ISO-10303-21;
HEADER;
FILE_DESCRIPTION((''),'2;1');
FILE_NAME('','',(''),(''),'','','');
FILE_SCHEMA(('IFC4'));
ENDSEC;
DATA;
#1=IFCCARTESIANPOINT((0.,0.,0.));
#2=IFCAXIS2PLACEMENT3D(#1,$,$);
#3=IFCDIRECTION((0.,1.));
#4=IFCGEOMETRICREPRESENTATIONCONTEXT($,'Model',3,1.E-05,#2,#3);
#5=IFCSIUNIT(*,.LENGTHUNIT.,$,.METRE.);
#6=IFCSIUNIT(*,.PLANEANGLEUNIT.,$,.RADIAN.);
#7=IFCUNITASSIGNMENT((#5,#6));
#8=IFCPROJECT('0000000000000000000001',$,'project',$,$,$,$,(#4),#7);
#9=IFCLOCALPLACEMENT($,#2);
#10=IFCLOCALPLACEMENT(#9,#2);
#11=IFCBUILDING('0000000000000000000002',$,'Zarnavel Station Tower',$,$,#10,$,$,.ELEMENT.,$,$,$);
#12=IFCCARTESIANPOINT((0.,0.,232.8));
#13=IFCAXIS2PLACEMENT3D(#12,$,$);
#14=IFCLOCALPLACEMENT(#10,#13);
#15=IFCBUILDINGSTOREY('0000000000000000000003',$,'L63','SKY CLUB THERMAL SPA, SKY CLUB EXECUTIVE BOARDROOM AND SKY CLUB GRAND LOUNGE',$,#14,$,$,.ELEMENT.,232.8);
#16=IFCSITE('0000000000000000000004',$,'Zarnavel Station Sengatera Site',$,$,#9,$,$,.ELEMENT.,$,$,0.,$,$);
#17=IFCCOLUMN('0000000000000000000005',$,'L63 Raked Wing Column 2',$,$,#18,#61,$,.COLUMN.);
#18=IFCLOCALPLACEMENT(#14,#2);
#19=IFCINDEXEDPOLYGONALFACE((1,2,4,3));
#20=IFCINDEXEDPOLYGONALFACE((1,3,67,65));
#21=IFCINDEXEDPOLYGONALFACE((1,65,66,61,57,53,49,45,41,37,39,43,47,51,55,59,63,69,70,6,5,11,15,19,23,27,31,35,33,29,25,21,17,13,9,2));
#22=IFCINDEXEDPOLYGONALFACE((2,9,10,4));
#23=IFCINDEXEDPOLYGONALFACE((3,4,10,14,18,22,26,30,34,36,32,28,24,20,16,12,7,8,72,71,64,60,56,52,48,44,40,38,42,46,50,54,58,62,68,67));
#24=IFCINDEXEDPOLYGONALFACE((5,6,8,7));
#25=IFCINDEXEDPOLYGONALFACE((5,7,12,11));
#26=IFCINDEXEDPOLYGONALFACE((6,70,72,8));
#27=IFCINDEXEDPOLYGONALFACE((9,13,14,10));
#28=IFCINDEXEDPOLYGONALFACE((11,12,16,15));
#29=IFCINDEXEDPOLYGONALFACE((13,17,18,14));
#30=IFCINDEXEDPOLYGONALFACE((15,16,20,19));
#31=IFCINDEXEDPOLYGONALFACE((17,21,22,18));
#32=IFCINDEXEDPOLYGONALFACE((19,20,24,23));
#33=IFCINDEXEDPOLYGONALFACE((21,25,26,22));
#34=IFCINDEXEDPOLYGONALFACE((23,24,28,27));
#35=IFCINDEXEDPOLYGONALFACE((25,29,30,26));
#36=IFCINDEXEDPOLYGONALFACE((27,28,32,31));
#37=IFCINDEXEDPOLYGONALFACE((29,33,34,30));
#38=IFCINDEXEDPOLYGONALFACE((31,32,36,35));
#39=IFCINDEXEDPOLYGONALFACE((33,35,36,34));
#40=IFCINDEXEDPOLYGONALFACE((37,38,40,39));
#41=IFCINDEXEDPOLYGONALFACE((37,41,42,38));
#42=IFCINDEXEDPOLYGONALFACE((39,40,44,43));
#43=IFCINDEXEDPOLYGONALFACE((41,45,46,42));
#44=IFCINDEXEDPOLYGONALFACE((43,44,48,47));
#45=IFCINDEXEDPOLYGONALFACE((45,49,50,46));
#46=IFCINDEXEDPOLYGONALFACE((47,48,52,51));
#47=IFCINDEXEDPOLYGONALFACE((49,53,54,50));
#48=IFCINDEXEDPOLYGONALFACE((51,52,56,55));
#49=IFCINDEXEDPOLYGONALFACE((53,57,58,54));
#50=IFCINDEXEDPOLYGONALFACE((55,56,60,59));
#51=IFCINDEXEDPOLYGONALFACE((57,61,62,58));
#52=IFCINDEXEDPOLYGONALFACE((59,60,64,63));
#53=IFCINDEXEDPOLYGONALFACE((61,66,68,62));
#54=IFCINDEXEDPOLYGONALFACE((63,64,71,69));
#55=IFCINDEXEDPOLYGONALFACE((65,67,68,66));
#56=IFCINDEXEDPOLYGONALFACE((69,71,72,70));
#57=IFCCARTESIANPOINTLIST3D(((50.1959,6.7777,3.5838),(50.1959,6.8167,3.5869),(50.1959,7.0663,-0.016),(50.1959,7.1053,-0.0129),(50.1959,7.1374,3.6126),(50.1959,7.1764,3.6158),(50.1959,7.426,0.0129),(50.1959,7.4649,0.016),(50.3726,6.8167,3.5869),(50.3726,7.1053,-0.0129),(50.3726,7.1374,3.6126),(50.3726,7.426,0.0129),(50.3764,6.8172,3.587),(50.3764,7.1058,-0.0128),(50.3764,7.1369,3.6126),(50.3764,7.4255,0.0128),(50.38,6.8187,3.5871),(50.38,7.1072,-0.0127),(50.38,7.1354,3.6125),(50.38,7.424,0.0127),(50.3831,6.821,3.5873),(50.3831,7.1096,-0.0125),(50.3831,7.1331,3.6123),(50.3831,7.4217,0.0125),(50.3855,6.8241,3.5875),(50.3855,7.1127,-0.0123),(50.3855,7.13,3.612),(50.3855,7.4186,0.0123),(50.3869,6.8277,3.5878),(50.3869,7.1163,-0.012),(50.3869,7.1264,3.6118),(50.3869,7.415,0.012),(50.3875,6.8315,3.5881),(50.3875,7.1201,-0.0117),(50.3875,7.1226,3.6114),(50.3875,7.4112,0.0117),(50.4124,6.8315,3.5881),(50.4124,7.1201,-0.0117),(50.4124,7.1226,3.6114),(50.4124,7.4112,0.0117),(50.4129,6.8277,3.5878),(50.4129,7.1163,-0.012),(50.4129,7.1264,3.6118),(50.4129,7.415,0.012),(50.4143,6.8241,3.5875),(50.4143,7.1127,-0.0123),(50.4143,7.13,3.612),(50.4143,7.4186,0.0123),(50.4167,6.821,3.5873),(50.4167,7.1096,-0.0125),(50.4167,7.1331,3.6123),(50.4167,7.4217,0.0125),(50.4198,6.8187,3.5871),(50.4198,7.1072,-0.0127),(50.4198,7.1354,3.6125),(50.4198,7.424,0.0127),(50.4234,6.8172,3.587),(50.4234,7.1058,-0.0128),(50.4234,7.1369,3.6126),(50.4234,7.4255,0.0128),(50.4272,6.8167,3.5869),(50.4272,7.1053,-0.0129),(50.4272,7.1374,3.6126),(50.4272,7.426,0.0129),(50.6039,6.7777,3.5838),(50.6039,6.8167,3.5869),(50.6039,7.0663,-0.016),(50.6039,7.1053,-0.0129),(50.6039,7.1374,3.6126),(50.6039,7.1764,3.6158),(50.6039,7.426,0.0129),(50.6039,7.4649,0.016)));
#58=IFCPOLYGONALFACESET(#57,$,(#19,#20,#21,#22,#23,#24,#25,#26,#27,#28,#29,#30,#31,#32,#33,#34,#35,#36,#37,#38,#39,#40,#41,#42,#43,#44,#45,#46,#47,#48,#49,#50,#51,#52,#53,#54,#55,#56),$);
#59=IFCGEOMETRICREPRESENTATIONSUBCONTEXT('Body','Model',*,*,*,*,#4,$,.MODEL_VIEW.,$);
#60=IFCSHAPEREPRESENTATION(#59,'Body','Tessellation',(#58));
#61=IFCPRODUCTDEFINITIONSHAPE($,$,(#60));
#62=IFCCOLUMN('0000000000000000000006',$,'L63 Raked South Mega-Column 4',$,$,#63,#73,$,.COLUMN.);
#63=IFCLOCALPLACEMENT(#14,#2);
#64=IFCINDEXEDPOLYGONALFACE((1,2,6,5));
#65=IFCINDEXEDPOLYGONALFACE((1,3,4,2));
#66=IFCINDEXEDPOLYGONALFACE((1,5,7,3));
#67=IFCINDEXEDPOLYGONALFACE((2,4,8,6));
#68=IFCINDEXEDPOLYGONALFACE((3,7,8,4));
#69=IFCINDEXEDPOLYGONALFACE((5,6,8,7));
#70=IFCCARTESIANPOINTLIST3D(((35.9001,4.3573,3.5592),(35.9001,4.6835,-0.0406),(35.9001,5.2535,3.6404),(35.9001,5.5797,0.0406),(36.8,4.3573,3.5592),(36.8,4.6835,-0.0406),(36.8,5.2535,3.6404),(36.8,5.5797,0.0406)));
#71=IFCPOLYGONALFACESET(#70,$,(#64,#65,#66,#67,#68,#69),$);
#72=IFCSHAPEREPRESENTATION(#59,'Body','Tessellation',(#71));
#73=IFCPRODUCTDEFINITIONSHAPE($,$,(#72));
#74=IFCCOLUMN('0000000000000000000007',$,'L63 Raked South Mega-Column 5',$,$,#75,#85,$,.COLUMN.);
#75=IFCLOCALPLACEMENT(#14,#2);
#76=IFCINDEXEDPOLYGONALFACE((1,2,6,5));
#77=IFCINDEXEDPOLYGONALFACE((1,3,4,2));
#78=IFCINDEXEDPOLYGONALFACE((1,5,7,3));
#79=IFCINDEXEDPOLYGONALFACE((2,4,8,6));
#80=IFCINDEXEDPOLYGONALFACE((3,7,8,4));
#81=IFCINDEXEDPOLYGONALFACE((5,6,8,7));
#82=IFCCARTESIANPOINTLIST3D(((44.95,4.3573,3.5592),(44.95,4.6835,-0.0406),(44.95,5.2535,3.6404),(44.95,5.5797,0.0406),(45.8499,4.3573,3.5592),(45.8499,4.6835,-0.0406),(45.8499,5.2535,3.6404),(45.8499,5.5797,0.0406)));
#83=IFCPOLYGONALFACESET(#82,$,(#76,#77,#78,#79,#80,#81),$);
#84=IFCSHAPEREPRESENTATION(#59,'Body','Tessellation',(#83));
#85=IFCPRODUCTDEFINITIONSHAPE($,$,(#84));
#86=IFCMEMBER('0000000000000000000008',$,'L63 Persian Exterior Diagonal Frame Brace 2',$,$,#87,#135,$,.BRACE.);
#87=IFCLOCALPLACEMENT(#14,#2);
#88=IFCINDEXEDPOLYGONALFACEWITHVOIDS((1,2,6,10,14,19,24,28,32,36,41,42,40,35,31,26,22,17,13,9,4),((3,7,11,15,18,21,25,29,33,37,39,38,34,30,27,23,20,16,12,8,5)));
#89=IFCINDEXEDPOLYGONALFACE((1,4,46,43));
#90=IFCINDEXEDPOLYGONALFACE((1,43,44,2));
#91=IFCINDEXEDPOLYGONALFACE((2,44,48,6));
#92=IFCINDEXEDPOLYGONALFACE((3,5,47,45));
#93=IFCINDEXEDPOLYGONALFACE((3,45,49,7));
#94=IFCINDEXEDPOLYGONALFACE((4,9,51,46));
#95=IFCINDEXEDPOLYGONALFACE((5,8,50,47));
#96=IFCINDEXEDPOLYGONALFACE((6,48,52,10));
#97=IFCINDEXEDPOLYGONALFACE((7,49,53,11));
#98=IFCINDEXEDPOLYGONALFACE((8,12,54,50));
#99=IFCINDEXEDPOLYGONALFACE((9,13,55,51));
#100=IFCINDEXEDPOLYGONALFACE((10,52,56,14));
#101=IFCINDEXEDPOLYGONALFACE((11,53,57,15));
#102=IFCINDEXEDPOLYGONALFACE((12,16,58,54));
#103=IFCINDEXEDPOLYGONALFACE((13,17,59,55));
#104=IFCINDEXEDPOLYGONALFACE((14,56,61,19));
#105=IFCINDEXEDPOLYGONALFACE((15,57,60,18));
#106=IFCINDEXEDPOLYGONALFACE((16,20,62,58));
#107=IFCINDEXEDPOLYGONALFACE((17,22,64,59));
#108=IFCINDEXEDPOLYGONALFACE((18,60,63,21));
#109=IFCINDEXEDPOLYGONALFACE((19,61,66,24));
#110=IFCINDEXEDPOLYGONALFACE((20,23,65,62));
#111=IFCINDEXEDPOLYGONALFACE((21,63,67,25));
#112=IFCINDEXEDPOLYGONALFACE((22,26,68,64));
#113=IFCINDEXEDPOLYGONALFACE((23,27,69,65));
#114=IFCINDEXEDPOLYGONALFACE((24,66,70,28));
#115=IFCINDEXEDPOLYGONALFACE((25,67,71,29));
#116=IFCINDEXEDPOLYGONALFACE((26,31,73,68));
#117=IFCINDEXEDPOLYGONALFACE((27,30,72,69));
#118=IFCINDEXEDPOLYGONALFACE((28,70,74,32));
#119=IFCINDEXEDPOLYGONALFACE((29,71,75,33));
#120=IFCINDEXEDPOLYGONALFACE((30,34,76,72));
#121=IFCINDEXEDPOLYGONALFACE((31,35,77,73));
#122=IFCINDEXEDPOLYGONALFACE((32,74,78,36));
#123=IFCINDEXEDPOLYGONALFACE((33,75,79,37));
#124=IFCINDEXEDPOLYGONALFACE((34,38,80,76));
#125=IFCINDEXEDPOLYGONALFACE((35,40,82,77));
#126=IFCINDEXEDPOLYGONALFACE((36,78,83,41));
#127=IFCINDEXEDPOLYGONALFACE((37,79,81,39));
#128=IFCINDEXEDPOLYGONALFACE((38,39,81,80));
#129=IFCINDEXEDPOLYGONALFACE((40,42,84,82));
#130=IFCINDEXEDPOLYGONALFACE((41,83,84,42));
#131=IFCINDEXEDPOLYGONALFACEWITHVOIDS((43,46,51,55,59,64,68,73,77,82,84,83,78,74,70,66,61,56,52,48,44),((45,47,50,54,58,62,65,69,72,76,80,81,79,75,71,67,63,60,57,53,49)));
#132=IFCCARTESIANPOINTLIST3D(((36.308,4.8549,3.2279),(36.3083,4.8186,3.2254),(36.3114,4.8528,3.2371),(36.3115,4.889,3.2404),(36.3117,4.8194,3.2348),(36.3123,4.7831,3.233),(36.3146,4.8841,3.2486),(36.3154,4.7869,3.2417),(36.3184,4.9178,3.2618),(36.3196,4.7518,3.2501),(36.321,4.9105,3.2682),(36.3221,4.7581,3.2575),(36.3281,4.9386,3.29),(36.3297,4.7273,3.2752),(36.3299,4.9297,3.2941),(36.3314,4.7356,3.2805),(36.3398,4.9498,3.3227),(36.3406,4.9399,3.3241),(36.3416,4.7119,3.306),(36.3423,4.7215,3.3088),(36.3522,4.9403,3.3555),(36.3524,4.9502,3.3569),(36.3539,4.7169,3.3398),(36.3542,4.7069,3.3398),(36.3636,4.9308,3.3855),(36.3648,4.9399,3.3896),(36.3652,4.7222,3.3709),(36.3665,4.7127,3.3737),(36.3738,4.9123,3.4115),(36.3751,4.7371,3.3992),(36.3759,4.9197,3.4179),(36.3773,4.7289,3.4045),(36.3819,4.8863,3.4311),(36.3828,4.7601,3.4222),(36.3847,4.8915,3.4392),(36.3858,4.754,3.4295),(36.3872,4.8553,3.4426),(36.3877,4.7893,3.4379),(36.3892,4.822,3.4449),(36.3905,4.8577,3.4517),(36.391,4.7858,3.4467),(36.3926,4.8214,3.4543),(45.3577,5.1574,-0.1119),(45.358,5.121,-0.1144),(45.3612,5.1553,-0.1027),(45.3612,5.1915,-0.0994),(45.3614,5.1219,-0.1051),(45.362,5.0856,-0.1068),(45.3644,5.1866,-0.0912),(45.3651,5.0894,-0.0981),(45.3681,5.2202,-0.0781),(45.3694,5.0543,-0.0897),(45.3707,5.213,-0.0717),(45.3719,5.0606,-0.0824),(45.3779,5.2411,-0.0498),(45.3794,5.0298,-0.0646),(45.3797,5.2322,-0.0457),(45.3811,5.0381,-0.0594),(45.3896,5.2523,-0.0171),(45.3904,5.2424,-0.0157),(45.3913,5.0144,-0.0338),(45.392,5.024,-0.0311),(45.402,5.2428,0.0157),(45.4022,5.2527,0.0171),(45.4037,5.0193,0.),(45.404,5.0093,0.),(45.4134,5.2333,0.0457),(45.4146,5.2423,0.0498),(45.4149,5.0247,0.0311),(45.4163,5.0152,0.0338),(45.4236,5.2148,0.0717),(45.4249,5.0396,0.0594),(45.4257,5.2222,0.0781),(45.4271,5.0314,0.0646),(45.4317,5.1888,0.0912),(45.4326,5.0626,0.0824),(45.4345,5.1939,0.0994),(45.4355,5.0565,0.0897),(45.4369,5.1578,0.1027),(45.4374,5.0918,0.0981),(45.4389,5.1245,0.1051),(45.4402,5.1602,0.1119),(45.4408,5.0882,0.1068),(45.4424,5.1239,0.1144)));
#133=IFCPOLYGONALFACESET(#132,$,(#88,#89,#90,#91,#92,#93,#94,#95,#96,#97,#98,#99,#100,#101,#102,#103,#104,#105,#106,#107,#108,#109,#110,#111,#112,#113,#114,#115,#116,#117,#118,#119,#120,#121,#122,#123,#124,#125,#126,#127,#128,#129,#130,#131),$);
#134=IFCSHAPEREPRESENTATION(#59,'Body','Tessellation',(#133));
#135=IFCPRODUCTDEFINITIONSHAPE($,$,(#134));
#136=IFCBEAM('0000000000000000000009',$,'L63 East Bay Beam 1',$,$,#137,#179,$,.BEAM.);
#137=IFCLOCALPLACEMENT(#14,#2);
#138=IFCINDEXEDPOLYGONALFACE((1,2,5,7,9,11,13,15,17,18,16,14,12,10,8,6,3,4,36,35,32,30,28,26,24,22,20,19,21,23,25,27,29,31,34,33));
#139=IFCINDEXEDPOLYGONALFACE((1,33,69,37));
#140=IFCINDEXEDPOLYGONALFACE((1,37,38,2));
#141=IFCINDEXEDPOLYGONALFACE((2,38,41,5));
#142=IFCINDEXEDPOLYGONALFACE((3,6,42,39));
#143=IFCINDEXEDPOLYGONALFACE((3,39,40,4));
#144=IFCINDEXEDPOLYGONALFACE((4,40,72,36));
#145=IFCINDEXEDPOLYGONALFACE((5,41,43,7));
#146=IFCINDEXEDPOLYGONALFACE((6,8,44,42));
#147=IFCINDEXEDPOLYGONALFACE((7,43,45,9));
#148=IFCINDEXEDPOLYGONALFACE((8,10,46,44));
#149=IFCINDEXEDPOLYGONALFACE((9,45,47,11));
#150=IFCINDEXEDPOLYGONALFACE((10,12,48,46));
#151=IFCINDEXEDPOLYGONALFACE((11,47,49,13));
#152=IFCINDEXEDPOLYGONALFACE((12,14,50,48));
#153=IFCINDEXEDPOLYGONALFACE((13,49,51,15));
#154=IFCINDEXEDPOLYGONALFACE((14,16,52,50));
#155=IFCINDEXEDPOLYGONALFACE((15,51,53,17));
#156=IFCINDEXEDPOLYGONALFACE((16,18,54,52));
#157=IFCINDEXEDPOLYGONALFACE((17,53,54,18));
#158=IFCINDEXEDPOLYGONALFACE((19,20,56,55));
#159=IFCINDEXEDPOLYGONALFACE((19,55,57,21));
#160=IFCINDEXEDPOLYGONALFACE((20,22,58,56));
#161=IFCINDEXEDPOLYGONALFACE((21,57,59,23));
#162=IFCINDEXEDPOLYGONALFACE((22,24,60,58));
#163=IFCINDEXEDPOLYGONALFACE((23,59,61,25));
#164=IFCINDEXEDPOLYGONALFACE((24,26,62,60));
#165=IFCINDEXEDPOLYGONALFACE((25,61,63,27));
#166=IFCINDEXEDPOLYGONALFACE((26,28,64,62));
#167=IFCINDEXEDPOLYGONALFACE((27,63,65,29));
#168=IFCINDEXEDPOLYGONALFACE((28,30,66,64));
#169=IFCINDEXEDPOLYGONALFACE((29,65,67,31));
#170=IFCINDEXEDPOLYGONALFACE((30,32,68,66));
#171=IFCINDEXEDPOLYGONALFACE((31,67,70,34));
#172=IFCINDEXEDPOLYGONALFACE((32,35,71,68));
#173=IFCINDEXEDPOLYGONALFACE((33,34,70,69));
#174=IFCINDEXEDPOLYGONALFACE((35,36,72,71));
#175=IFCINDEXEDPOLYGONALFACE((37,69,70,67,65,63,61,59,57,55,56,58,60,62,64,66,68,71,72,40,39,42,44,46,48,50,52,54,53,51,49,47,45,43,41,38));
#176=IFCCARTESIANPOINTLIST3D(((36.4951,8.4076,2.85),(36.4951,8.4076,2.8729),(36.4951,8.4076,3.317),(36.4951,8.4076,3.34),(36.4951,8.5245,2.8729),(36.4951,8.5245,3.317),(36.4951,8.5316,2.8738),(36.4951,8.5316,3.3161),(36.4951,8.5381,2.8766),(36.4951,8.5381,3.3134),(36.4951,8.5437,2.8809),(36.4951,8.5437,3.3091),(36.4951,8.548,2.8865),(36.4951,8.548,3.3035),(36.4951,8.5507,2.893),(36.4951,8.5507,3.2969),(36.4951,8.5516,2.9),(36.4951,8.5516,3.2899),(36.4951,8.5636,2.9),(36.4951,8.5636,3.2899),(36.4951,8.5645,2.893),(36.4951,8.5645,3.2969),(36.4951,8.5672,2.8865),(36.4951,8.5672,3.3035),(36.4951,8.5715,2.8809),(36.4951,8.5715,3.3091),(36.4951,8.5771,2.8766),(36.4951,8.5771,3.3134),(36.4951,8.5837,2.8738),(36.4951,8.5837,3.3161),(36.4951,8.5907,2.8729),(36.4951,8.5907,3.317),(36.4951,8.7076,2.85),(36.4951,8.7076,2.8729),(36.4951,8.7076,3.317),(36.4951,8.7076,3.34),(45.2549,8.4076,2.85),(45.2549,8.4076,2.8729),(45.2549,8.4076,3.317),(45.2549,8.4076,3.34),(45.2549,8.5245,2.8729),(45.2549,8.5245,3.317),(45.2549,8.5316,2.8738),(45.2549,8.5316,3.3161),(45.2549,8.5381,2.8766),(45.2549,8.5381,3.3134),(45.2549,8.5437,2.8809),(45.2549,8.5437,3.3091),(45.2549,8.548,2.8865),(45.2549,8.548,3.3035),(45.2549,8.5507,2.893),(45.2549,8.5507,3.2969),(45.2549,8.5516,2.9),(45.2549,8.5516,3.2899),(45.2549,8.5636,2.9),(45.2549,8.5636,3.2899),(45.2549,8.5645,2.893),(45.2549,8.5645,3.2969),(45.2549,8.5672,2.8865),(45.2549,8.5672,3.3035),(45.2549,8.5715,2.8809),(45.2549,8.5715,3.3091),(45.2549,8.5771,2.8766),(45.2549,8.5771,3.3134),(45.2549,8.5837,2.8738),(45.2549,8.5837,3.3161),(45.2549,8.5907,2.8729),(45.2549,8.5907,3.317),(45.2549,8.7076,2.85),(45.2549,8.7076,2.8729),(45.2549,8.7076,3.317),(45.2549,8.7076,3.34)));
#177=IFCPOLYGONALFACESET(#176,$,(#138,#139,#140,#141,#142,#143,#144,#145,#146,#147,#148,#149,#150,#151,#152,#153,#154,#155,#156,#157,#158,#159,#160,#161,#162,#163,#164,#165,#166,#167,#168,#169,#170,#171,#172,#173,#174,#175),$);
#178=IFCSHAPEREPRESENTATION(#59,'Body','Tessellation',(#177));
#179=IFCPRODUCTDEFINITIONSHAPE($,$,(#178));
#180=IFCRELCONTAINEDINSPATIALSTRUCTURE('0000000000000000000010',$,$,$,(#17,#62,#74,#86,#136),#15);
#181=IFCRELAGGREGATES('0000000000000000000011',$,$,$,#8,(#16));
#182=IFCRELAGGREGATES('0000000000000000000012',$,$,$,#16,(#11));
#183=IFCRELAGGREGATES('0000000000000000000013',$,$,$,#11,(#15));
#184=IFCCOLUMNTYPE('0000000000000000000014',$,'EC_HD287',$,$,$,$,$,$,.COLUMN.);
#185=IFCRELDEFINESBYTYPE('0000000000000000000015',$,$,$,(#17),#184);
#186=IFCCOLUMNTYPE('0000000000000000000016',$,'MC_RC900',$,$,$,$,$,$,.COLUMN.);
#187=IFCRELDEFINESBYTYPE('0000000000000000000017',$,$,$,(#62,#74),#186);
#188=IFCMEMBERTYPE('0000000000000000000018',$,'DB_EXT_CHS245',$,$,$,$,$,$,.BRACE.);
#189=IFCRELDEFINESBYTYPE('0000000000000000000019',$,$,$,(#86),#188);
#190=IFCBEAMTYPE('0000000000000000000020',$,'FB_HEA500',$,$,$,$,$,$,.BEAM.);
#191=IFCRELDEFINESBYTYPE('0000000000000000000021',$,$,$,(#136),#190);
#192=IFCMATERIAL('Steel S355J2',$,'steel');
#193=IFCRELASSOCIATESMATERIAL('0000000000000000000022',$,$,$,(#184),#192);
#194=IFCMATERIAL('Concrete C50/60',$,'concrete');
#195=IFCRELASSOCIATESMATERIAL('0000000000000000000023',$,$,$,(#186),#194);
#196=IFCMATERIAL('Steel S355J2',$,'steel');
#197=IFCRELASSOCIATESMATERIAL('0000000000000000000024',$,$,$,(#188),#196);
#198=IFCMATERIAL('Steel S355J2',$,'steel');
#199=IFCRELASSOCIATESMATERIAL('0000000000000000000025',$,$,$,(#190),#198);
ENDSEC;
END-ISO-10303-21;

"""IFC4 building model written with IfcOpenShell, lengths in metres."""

from ifc_helpers import new_model, si_unit, direction, frame, origin, origin_2d, place, context, subcontext, project, spatial, rectangle, hollow_circle, i_section, extrude, material, material_profile, profile_set, type_object, element, save


model = new_model("IFC4")

# Units and contexts
model_context = context("Model", 3, precision=1e-05, world=origin(), true_north=direction((0.0, 1.0)))
body_context = subcontext(model_context, "Body", "Model", "MODEL_VIEW")
ifc_project = project(units=[si_unit("LENGTHUNIT", "METRE"), si_unit("PLANEANGLEUNIT", "RADIAN")], contexts=[model_context])

# Site, building, storey
site_placement = place(None, origin())
site = spatial("IfcSite", under=ifc_project, at=site_placement, Name="Zarnavel Station Sengatera Site", CompositionType="ELEMENT", RefElevation=0.0)
building_placement = place(site_placement, origin())
building = spatial("IfcBuilding", under=site, at=building_placement, Name="Zarnavel Station Tower", CompositionType="ELEMENT")
storey_placement = place(building_placement, frame((0.0, 0.0, 232.8)))
storey = spatial("IfcBuildingStorey", under=building, at=storey_placement, Name="L63", Description="SKY CLUB THERMAL SPA, SKY CLUB EXECUTIVE BOARDROOM AND SKY CLUB GRAND LOUNGE", CompositionType="ELEMENT", Elevation=232.8)

# Columns
ifc_material_1 = material(Name="Steel S355J2", Category="steel")
ifc_material_profile_1 = material_profile(ifc_material_1, i_section(OverallWidth=0.408, OverallDepth=0.3999, WebThickness=0.0249, FlangeThickness=0.0391, FilletRadius=0.0149, at=origin_2d()), Name="HD400x287")
ifc_profile_set_1 = profile_set([ifc_material_profile_1], Name="Steel S355J2")
column_type_1 = type_object("IfcColumnType", Name="EC_HD287", PredefinedType="COLUMN", material=ifc_profile_set_1)
column_placement = place(storey_placement, frame((50.3999, 7.2656, 0.0), z_axis=(0.0, -0.079906, 0.996802), x_axis=(1.0, 0.0, 0.0)))
element("IfcColumn", 1, at=column_placement, inside=storey, type_object=column_type_1, Name="L63 Raked Wing Column 2", PredefinedType="COLUMN", context=body_context, shape_type="SweptSolid", body=[
    extrude(i_section(OverallWidth=0.408, OverallDepth=0.3999, WebThickness=0.0249, FlangeThickness=0.0391, FilletRadius=0.0149, at=origin_2d()), origin(), (0.0, 0.0, 1.0), 3.6113),
])
ifc_material_2 = material(Name="Concrete C50/60", Category="concrete")
ifc_material_profile_2 = material_profile(ifc_material_2, rectangle(XDim=0.8999, YDim=0.8999, at=origin_2d()), Name="RC900x900")
ifc_profile_set_2 = profile_set([ifc_material_profile_2], Name="Concrete C50/60")
column_type_2 = type_object("IfcColumnType", Name="MC_RC900", PredefinedType="COLUMN", material=ifc_profile_set_2)
for number, where, z_axis, x_axis, name in (
    (2, (36.3501, 5.1316, 0.0), (0.0, -0.090237, 0.99592), (1.0, 0.0, 0.0), "L63 Raked South Mega-Column 4"),
    (3, (45.3999, 5.1316, 0.0), (0.0, -0.090237, 0.99592), (1.0, 0.0, 0.0), "L63 Raked South Mega-Column 5"),
):
    element("IfcColumn", number, at=place(storey_placement, frame(where, z_axis=z_axis, x_axis=x_axis)), inside=storey, type_object=column_type_2, Name=name, PredefinedType="COLUMN", context=body_context, shape_type="SweptSolid", body=[
        extrude(rectangle(XDim=0.8999, YDim=0.8999, at=origin_2d()), origin(), (0.0, 0.0, 1.0), 3.6145),
    ])

# Member
ifc_material_3 = material(Name="Steel S355J2", Category="steel")
ifc_material_profile_3 = material_profile(ifc_material_3, hollow_circle(Radius=0.1223, WallThickness=0.01, at=origin_2d()), Name="CHS244.5x10")
ifc_profile_set_3 = profile_set([ifc_material_profile_3], Name="Steel S355J2")
member_type = type_object("IfcMemberType", Name="DB_EXT_CHS245", PredefinedType="BRACE", material=ifc_profile_set_3)
member_placement = place(storey_placement, frame((45.3999, 5.1316, 0.0), z_axis=(-0.93769, -0.031342, 0.346056), x_axis=(0.033406, -0.999442, 0.0)))
element("IfcMember", 4, at=member_placement, inside=storey, type_object=member_type, Name="L63 Persian Exterior Diagonal Frame Brace 2", PredefinedType="BRACE", context=body_context, shape_type="SweptSolid", body=[
    extrude(hollow_circle(Radius=0.1223, WallThickness=0.01, at=origin_2d()), origin(), (0.0, 0.0, 1.0), 9.6511),
])

# Beam
ifc_material_4 = material(Name="Steel S355J2", Category="steel")
ifc_material_profile_4 = material_profile(ifc_material_4, i_section(OverallWidth=0.3, OverallDepth=0.49, WebThickness=0.012, FlangeThickness=0.0229, FilletRadius=0.0271, at=origin_2d()), Name="HEA500")
ifc_profile_set_4 = profile_set([ifc_material_profile_4], Name="Steel S355J2")
beam_type_1 = type_object("IfcBeamType", Name="FB_HEA500", PredefinedType="BEAM", material=ifc_profile_set_4)
beam_1_placement = place(storey_placement, frame((36.4951, 8.5576, 3.095), z_axis=(1.0, 0.0, 0.0), x_axis=(0.0, 1.0, 0.0)))
element("IfcBeam", 5, at=beam_1_placement, inside=storey, type_object=beam_type_1, Name="L63 East Bay Beam 1", PredefinedType="BEAM", context=body_context, shape_type="SweptSolid", body=[
    extrude(i_section(OverallWidth=0.3, OverallDepth=0.49, WebThickness=0.012, FlangeThickness=0.0229, FilletRadius=0.0271, at=origin_2d()), origin(), (0.0, 0.0, 1.0), 8.7598),
])

save(model, "model.ifc")
